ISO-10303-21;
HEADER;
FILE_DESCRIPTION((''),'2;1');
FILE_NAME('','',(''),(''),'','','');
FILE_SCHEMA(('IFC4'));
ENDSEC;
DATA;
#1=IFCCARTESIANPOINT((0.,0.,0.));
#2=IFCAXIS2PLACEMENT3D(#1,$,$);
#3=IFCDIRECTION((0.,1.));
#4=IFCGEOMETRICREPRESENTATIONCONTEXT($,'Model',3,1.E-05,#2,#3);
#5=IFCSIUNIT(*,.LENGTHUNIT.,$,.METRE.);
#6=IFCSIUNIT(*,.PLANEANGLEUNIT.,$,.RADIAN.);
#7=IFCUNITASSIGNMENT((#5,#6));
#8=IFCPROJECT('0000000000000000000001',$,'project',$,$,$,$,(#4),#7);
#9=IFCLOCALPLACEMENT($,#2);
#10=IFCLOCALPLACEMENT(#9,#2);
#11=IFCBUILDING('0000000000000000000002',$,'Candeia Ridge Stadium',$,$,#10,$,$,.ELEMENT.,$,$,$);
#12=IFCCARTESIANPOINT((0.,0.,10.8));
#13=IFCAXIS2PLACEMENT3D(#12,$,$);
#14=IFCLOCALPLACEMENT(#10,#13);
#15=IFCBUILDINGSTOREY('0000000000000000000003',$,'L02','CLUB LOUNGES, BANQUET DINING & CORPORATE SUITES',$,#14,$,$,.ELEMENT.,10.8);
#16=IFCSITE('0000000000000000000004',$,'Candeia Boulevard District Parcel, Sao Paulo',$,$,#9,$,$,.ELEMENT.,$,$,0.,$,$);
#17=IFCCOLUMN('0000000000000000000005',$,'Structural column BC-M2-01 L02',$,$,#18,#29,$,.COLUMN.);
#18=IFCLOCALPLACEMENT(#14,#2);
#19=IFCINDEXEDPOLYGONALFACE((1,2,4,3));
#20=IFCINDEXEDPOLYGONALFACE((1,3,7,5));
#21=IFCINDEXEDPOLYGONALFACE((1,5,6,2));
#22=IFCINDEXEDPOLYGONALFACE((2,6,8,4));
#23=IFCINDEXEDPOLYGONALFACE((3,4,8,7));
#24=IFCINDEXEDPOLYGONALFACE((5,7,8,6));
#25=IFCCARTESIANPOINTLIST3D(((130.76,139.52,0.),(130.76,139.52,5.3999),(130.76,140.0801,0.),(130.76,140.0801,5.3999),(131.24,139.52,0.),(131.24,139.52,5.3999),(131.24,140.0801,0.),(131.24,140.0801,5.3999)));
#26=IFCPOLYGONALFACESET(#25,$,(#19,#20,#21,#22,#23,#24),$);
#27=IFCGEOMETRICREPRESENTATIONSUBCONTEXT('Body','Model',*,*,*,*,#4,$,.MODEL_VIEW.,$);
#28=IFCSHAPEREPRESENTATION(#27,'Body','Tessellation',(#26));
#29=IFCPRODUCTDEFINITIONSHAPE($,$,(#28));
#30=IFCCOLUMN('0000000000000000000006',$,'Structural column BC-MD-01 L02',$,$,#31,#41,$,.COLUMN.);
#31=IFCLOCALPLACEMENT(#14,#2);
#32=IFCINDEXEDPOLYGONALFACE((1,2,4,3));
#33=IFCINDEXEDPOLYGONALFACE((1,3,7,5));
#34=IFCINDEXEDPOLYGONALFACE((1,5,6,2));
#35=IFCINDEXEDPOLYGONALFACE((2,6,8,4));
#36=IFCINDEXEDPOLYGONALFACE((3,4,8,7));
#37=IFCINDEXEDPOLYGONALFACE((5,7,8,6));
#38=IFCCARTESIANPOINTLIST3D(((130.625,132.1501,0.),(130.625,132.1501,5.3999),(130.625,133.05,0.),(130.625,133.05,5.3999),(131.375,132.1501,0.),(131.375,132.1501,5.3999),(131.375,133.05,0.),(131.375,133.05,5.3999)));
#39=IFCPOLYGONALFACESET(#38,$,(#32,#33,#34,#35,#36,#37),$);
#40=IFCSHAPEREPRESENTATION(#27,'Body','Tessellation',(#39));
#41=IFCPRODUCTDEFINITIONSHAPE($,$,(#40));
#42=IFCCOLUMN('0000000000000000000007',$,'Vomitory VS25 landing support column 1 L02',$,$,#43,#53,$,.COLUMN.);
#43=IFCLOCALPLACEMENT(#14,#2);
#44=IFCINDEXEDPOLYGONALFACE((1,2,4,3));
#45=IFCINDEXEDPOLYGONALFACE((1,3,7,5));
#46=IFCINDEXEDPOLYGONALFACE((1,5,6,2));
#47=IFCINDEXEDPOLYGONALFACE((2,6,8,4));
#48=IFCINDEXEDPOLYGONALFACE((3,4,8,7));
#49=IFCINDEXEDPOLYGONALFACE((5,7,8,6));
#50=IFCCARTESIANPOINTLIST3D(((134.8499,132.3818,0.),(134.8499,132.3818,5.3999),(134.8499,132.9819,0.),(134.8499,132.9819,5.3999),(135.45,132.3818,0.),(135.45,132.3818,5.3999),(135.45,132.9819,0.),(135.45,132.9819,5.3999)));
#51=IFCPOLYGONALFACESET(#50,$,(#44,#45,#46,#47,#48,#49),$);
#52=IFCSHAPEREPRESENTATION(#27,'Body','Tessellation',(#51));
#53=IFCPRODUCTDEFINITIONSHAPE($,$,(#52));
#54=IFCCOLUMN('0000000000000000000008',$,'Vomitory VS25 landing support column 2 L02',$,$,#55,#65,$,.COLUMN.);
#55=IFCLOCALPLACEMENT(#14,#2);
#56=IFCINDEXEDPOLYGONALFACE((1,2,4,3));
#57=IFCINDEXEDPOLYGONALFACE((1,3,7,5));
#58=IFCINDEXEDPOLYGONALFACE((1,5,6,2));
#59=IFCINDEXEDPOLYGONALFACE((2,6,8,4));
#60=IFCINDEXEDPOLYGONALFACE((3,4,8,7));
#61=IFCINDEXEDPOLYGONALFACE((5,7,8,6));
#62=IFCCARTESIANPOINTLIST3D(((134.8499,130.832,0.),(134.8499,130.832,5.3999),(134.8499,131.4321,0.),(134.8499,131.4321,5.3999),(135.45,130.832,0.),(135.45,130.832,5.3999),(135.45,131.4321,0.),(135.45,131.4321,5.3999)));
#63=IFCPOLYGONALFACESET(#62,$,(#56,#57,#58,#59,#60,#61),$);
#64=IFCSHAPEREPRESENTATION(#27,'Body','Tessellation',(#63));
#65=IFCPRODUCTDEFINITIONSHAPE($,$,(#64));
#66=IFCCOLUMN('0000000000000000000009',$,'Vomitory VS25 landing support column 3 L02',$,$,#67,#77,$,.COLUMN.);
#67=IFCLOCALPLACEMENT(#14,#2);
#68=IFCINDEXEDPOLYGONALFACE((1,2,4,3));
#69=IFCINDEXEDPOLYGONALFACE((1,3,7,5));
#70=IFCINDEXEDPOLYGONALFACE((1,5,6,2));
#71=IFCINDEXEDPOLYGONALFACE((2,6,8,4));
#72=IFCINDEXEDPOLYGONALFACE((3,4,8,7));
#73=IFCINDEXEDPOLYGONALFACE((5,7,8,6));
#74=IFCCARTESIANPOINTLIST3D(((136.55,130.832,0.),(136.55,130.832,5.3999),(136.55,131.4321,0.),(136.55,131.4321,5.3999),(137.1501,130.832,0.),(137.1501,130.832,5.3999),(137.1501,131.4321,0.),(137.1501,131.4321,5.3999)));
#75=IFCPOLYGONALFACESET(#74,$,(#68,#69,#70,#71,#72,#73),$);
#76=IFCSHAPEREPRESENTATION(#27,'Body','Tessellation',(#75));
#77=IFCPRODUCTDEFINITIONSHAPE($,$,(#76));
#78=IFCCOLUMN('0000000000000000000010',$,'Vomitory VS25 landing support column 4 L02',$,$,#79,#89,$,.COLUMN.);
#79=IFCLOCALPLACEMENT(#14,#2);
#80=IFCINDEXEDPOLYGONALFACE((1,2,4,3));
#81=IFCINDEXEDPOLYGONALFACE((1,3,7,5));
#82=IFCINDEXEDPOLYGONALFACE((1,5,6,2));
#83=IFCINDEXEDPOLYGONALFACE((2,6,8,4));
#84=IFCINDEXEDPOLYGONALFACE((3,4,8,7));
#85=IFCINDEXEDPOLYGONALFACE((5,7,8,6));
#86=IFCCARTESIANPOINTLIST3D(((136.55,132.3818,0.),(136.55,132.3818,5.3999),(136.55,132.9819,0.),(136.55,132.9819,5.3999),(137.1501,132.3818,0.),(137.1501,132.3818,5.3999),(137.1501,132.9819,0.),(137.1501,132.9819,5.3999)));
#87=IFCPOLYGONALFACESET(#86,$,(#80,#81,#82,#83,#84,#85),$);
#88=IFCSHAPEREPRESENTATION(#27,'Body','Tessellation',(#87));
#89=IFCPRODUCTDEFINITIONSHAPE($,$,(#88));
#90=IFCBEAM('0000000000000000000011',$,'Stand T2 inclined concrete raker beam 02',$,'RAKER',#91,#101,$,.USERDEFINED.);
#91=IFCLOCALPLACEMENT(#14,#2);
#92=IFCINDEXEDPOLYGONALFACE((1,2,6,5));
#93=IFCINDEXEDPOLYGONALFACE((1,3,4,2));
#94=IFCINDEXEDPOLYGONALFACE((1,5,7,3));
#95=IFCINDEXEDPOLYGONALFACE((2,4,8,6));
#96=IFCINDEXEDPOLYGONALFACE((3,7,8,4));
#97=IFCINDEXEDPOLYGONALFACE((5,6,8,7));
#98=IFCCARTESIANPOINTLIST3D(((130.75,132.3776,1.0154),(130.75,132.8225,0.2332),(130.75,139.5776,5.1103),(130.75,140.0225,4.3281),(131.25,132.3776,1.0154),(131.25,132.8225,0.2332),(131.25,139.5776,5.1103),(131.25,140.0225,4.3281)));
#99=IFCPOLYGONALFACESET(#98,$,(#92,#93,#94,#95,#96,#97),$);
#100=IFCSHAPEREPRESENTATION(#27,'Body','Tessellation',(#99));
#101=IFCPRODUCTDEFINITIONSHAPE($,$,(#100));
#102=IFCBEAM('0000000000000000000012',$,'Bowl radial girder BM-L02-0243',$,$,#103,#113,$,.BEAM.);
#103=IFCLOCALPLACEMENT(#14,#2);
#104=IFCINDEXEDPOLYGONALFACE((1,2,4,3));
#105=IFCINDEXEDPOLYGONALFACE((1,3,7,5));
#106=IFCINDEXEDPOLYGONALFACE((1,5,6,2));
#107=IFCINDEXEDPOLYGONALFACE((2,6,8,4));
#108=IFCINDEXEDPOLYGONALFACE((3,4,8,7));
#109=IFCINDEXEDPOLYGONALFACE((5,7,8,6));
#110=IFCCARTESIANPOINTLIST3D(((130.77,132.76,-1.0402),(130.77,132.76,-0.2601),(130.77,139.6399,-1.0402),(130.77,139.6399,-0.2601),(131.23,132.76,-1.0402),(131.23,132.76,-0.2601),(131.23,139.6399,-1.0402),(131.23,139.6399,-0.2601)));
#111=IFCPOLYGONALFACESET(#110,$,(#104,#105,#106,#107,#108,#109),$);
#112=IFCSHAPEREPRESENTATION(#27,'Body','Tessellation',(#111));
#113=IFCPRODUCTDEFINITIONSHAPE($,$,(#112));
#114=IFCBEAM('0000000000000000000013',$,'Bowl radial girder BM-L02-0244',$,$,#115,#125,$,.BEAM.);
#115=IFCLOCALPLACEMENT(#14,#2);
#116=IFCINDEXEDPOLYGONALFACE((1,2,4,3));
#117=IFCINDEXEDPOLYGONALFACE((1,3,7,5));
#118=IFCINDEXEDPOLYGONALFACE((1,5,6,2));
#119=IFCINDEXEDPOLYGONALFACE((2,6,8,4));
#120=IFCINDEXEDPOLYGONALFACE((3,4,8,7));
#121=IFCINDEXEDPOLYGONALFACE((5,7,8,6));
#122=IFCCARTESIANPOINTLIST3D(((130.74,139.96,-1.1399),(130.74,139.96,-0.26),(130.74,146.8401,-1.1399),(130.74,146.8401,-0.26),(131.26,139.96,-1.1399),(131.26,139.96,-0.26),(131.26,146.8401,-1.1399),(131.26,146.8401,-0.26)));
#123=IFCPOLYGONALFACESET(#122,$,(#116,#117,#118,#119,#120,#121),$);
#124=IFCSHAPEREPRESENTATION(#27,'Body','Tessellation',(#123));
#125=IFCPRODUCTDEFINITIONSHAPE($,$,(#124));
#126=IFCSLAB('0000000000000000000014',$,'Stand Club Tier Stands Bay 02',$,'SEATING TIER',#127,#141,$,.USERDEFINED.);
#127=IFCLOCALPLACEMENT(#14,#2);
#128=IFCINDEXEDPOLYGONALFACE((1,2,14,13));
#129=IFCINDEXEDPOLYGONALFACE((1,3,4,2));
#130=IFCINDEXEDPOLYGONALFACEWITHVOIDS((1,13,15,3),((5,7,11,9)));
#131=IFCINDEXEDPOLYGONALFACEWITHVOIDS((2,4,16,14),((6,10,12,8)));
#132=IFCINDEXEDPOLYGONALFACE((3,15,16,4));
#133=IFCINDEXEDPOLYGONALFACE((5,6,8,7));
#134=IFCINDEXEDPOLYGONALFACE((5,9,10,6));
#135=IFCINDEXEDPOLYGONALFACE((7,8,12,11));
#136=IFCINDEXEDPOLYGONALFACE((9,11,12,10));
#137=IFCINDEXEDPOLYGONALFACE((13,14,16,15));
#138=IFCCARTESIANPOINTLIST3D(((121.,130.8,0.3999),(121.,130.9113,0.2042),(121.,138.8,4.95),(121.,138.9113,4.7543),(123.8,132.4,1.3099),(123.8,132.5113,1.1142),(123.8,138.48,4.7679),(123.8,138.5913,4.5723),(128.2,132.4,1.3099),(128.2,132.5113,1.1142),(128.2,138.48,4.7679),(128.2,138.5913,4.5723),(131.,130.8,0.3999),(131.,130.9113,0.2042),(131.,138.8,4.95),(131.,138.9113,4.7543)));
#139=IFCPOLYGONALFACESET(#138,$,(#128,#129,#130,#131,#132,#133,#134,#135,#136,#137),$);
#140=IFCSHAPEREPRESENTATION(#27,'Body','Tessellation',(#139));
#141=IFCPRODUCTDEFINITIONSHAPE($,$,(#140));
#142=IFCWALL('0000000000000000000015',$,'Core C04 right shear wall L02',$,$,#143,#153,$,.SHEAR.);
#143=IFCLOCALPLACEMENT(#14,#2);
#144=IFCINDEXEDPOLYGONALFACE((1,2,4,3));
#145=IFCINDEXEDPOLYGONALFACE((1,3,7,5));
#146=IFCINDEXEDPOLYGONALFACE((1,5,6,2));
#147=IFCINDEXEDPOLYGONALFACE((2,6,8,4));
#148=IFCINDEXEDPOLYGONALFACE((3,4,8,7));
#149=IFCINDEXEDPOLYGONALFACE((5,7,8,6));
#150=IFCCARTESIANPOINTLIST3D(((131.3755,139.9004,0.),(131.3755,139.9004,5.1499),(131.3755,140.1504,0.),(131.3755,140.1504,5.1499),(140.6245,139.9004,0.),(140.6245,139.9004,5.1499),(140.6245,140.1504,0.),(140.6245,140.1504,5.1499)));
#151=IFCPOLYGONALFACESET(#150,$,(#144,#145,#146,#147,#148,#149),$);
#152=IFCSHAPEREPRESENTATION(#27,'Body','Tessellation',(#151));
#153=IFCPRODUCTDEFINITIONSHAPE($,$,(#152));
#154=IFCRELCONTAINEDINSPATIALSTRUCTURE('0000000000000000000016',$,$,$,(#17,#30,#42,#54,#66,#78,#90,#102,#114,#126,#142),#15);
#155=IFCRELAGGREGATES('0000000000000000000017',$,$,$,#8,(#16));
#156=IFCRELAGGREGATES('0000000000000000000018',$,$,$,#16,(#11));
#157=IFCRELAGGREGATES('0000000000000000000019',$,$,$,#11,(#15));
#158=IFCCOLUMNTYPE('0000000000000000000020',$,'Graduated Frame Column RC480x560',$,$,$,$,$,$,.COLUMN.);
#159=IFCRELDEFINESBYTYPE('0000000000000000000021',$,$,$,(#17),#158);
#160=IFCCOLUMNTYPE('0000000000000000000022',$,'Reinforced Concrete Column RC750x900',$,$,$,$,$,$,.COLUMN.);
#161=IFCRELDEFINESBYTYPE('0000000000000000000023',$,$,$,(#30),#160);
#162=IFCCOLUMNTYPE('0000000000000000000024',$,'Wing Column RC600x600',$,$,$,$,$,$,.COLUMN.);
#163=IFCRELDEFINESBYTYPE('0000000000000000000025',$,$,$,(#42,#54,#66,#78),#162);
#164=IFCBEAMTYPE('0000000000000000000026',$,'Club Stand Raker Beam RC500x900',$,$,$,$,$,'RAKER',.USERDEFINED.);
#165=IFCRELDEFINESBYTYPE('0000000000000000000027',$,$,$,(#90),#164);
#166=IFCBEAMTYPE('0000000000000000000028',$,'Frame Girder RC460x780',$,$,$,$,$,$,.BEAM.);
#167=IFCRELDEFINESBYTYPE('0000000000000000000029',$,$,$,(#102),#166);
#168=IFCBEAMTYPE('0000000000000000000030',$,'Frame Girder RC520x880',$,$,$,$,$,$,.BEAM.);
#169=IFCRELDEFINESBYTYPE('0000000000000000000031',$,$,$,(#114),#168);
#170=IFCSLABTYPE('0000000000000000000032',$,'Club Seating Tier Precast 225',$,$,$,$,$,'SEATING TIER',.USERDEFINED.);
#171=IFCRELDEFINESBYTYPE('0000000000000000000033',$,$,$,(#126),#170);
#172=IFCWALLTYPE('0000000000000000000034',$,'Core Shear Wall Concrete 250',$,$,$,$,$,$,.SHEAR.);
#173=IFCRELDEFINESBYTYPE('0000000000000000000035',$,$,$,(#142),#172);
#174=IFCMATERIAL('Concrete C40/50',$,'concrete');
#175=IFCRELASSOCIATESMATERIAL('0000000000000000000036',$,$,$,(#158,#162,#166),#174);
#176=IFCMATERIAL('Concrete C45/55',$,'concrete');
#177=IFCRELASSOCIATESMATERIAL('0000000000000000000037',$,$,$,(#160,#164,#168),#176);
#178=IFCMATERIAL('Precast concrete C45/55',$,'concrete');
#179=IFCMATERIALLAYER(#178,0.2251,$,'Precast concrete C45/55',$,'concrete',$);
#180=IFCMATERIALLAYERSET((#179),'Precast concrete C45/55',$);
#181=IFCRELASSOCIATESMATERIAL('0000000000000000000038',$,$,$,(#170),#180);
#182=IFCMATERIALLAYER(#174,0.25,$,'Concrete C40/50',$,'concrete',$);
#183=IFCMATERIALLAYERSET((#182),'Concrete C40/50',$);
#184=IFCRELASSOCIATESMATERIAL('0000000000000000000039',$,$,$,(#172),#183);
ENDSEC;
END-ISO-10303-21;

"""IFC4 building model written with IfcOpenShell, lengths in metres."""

from ifc_helpers import new_model, si_unit, direction, frame, frame_2d, origin, origin_2d, place, context, subcontext, project, spatial, polyline, rectangle, outline, extrude, material, layer, layer_set, material_profile, profile_set, type_object, element, save


model = new_model("IFC4")

# Units and contexts
model_context = context("Model", 3, precision=1e-05, world=origin(), true_north=direction((0.0, 1.0)))
body_context = subcontext(model_context, "Body", "Model", "MODEL_VIEW")
ifc_project = project(units=[si_unit("LENGTHUNIT", "METRE"), si_unit("PLANEANGLEUNIT", "RADIAN")], contexts=[model_context])

# Site, building, storey
site_placement = place(None, origin())
site = spatial("IfcSite", under=ifc_project, at=site_placement, Name="Candeia Boulevard District Parcel, Sao Paulo", CompositionType="ELEMENT", RefElevation=0.0)
building_placement = place(site_placement, origin())
building = spatial("IfcBuilding", under=site, at=building_placement, Name="Candeia Ridge Stadium", CompositionType="ELEMENT")
storey_placement = place(building_placement, frame((0.0, 0.0, 10.8)))
storey = spatial("IfcBuildingStorey", under=building, at=storey_placement, Name="L02", Description="CLUB LOUNGES, BANQUET DINING & CORPORATE SUITES", CompositionType="ELEMENT", Elevation=10.8)

# Columns
ifc_material_1 = material(Name="Concrete C40/50", Category="concrete")
ifc_material_profile_1 = material_profile(ifc_material_1, rectangle(XDim=0.48, YDim=0.5601, at=origin_2d()), Name="RC480x560", Category="concrete")
ifc_profile_set_1 = profile_set([ifc_material_profile_1], Name="Concrete C40/50")
column_type_1 = type_object("IfcColumnType", Name="Graduated Frame Column RC480x560", PredefinedType="COLUMN", material=ifc_profile_set_1)
column_1_placement = place(storey_placement, frame((131.0, 139.8, 0.0), z_axis=(0.0, 0.0, 1.0), x_axis=(1.0, 0.0, 0.0)))
element("IfcColumn", 1, at=column_1_placement, inside=storey, type_object=column_type_1, Name="Structural column BC-M2-01 L02", PredefinedType="COLUMN", context=body_context, shape_type="SweptSolid", body=[
    extrude(rectangle(XDim=0.48, YDim=0.5601, at=origin_2d()), origin(), (0.0, 0.0, 1.0), 5.3999),
])
ifc_material_2 = material(Name="Concrete C45/55", Category="concrete")
ifc_material_profile_2 = material_profile(ifc_material_2, rectangle(XDim=0.75, YDim=0.8999, at=origin_2d()), Name="RC750x900", Category="concrete")
ifc_profile_set_2 = profile_set([ifc_material_profile_2], Name="Concrete C45/55")
column_type_2 = type_object("IfcColumnType", Name="Reinforced Concrete Column RC750x900", PredefinedType="COLUMN", material=ifc_profile_set_2)
column_2_placement = place(storey_placement, frame((131.0, 132.6001, 0.0), z_axis=(0.0, 0.0, 1.0), x_axis=(1.0, 0.0, 0.0)))
element("IfcColumn", 2, at=column_2_placement, inside=storey, type_object=column_type_2, Name="Structural column BC-MD-01 L02", PredefinedType="COLUMN", context=body_context, shape_type="SweptSolid", body=[
    extrude(rectangle(XDim=0.75, YDim=0.8999, at=origin_2d()), origin(), (0.0, 0.0, 1.0), 5.3999),
])
ifc_material_profile_3 = material_profile(ifc_material_1, rectangle(XDim=0.6001, YDim=0.6001, at=origin_2d()), Name="RC600x600", Category="concrete")
ifc_profile_set_3 = profile_set([ifc_material_profile_3], Name="Concrete C40/50")
column_type_3 = type_object("IfcColumnType", Name="Wing Column RC600x600", PredefinedType="COLUMN", material=ifc_profile_set_3)
for number, where, z_axis, x_axis, name in (
    (3, (135.1499, 132.6819, 0.0), (0.0, 0.0, 1.0), (1.0, 0.0, 0.0), "Vomitory VS25 landing support column 1 L02"),
    (4, (135.1499, 131.1321, 0.0), (0.0, 0.0, 1.0), (1.0, 0.0, 0.0), "Vomitory VS25 landing support column 2 L02"),
    (5, (136.8501, 131.1321, 0.0), (0.0, 0.0, 1.0), (1.0, 0.0, 0.0), "Vomitory VS25 landing support column 3 L02"),
    (6, (136.8501, 132.6819, 0.0), (0.0, 0.0, 1.0), (1.0, 0.0, 0.0), "Vomitory VS25 landing support column 4 L02"),
):
    element("IfcColumn", number, at=place(storey_placement, frame(where, z_axis=z_axis, x_axis=x_axis)), inside=storey, type_object=column_type_3, Name=name, PredefinedType="COLUMN", context=body_context, shape_type="SweptSolid", body=[
        extrude(rectangle(XDim=0.6001, YDim=0.6001, at=origin_2d()), origin(), (0.0, 0.0, 1.0), 5.3999),
    ])

# Beams
ifc_material_profile_4 = material_profile(ifc_material_2, rectangle(XDim=0.5, YDim=0.8999, at=origin_2d()), Name="RC500x900", Category="concrete")
ifc_profile_set_4 = profile_set([ifc_material_profile_4], Name="Concrete C45/55")
beam_type_1 = type_object("IfcBeamType", Name="Club Stand Raker Beam RC500x900", ElementType="RAKER", PredefinedType="USERDEFINED", material=ifc_profile_set_4)
beam_1_placement = place(storey_placement, frame((131.0, 132.6001, 0.6243), z_axis=(0.0, 0.869244, 0.494383), x_axis=(-1.0, 0.0, 0.0)))
element("IfcBeam", 7, at=beam_1_placement, inside=storey, type_object=beam_type_1, Name="Stand T2 inclined concrete raker beam 02", ObjectType="RAKER", PredefinedType="USERDEFINED", context=body_context, shape_type="SweptSolid", body=[
    extrude(rectangle(XDim=0.5, YDim=0.8999, at=origin_2d()), origin(), (0.0, 0.0, 1.0), 8.283),
])
ifc_material_profile_5 = material_profile(ifc_material_1, rectangle(XDim=0.46, YDim=0.78, at=origin_2d()), Name="RC460x780", Category="concrete")
ifc_profile_set_5 = profile_set([ifc_material_profile_5], Name="Concrete C40/50")
beam_type_2 = type_object("IfcBeamType", Name="Frame Girder RC460x780", PredefinedType="BEAM", material=ifc_profile_set_5)
beam_2_placement = place(storey_placement, frame((131.0, 132.76, -0.6501), z_axis=(0.0, 1.0, 0.0), x_axis=(-1.0, 0.0, 0.0)))
element("IfcBeam", 8, at=beam_2_placement, inside=storey, type_object=beam_type_2, Name="Bowl radial girder BM-L02-0243", PredefinedType="BEAM", context=body_context, shape_type="SweptSolid", body=[
    extrude(rectangle(XDim=0.46, YDim=0.78, at=origin_2d()), origin(), (0.0, 0.0, 1.0), 6.8799),
])
ifc_material_profile_6 = material_profile(ifc_material_2, rectangle(XDim=0.52, YDim=0.8799, at=origin_2d()), Name="RC520x880", Category="concrete")
ifc_profile_set_6 = profile_set([ifc_material_profile_6], Name="Concrete C45/55")
beam_type_3 = type_object("IfcBeamType", Name="Frame Girder RC520x880", PredefinedType="BEAM", material=ifc_profile_set_6)
beam_3_placement = place(storey_placement, frame((131.0, 139.96, -0.7), z_axis=(0.0, 1.0, 0.0), x_axis=(-1.0, 0.0, 0.0)))
element("IfcBeam", 9, at=beam_3_placement, inside=storey, type_object=beam_type_3, Name="Bowl radial girder BM-L02-0244", PredefinedType="BEAM", context=body_context, shape_type="SweptSolid", body=[
    extrude(rectangle(XDim=0.52, YDim=0.8799, at=origin_2d()), origin(), (0.0, 0.0, 1.0), 6.8801),
])

# Slab
ifc_material_3 = material(Name="Precast concrete C45/55", Category="concrete")
ifc_layer_1 = layer(ifc_material_3, 0.2251, Name="Precast concrete C45/55", Category="concrete")
ifc_layer_set_1 = layer_set([ifc_layer_1], Name="Precast concrete C45/55")
slab_type = type_object("IfcSlabType", Name="Club Seating Tier Precast 225", ElementType="SEATING TIER", PredefinedType="USERDEFINED", material=ifc_layer_set_1)
slab_placement = place(storey_placement, frame((131.0, 130.8, 0.3999), z_axis=(0.0, -0.494387, 0.869242), x_axis=(-1.0, 0.0, 0.0)))
element("IfcSlab", 10, at=slab_placement, inside=storey, type_object=slab_type, Name="Stand Club Tier Stands Bay 02", ObjectType="SEATING TIER", PredefinedType="USERDEFINED", context=body_context, shape_type="SweptSolid", body=[
    extrude(outline(polyline([(0.0, 0.0), (10.0, 0.0), (10.0, -9.2034), (0.0, -9.2034), (0.0, 0.0)]), holes=[polyline([(2.8, -1.8406), (7.2, -1.8406), (7.2, -8.8353), (2.8, -8.8353), (2.8, -1.8406)])]), origin(), (0.0, 0.0, -1.0), 0.2251),
])

# Wall
ifc_layer_2 = layer(ifc_material_1, 0.25, Name="Concrete C40/50", Category="concrete")
ifc_layer_set_2 = layer_set([ifc_layer_2], Name="Concrete C40/50")
wall_type = type_object("IfcWallType", Name="Core Shear Wall Concrete 250", PredefinedType="SHEAR", material=ifc_layer_set_2)
wall_placement = place(storey_placement, frame((131.3755, 140.0254, 0.0), z_axis=(0.0, 0.0, 1.0), x_axis=(1.0, 0.0, 0.0)))
element("IfcWall", 11, at=wall_placement, inside=storey, type_object=wall_type, Name="Core C04 right shear wall L02", PredefinedType="SHEAR", context=body_context, shape_type="SweptSolid", body=[
    extrude(rectangle(XDim=9.249, YDim=0.25, at=frame_2d((4.6245, 0.0))), origin(), (0.0, 0.0, 1.0), 5.1499),
])

save(model, "model.ifc")
